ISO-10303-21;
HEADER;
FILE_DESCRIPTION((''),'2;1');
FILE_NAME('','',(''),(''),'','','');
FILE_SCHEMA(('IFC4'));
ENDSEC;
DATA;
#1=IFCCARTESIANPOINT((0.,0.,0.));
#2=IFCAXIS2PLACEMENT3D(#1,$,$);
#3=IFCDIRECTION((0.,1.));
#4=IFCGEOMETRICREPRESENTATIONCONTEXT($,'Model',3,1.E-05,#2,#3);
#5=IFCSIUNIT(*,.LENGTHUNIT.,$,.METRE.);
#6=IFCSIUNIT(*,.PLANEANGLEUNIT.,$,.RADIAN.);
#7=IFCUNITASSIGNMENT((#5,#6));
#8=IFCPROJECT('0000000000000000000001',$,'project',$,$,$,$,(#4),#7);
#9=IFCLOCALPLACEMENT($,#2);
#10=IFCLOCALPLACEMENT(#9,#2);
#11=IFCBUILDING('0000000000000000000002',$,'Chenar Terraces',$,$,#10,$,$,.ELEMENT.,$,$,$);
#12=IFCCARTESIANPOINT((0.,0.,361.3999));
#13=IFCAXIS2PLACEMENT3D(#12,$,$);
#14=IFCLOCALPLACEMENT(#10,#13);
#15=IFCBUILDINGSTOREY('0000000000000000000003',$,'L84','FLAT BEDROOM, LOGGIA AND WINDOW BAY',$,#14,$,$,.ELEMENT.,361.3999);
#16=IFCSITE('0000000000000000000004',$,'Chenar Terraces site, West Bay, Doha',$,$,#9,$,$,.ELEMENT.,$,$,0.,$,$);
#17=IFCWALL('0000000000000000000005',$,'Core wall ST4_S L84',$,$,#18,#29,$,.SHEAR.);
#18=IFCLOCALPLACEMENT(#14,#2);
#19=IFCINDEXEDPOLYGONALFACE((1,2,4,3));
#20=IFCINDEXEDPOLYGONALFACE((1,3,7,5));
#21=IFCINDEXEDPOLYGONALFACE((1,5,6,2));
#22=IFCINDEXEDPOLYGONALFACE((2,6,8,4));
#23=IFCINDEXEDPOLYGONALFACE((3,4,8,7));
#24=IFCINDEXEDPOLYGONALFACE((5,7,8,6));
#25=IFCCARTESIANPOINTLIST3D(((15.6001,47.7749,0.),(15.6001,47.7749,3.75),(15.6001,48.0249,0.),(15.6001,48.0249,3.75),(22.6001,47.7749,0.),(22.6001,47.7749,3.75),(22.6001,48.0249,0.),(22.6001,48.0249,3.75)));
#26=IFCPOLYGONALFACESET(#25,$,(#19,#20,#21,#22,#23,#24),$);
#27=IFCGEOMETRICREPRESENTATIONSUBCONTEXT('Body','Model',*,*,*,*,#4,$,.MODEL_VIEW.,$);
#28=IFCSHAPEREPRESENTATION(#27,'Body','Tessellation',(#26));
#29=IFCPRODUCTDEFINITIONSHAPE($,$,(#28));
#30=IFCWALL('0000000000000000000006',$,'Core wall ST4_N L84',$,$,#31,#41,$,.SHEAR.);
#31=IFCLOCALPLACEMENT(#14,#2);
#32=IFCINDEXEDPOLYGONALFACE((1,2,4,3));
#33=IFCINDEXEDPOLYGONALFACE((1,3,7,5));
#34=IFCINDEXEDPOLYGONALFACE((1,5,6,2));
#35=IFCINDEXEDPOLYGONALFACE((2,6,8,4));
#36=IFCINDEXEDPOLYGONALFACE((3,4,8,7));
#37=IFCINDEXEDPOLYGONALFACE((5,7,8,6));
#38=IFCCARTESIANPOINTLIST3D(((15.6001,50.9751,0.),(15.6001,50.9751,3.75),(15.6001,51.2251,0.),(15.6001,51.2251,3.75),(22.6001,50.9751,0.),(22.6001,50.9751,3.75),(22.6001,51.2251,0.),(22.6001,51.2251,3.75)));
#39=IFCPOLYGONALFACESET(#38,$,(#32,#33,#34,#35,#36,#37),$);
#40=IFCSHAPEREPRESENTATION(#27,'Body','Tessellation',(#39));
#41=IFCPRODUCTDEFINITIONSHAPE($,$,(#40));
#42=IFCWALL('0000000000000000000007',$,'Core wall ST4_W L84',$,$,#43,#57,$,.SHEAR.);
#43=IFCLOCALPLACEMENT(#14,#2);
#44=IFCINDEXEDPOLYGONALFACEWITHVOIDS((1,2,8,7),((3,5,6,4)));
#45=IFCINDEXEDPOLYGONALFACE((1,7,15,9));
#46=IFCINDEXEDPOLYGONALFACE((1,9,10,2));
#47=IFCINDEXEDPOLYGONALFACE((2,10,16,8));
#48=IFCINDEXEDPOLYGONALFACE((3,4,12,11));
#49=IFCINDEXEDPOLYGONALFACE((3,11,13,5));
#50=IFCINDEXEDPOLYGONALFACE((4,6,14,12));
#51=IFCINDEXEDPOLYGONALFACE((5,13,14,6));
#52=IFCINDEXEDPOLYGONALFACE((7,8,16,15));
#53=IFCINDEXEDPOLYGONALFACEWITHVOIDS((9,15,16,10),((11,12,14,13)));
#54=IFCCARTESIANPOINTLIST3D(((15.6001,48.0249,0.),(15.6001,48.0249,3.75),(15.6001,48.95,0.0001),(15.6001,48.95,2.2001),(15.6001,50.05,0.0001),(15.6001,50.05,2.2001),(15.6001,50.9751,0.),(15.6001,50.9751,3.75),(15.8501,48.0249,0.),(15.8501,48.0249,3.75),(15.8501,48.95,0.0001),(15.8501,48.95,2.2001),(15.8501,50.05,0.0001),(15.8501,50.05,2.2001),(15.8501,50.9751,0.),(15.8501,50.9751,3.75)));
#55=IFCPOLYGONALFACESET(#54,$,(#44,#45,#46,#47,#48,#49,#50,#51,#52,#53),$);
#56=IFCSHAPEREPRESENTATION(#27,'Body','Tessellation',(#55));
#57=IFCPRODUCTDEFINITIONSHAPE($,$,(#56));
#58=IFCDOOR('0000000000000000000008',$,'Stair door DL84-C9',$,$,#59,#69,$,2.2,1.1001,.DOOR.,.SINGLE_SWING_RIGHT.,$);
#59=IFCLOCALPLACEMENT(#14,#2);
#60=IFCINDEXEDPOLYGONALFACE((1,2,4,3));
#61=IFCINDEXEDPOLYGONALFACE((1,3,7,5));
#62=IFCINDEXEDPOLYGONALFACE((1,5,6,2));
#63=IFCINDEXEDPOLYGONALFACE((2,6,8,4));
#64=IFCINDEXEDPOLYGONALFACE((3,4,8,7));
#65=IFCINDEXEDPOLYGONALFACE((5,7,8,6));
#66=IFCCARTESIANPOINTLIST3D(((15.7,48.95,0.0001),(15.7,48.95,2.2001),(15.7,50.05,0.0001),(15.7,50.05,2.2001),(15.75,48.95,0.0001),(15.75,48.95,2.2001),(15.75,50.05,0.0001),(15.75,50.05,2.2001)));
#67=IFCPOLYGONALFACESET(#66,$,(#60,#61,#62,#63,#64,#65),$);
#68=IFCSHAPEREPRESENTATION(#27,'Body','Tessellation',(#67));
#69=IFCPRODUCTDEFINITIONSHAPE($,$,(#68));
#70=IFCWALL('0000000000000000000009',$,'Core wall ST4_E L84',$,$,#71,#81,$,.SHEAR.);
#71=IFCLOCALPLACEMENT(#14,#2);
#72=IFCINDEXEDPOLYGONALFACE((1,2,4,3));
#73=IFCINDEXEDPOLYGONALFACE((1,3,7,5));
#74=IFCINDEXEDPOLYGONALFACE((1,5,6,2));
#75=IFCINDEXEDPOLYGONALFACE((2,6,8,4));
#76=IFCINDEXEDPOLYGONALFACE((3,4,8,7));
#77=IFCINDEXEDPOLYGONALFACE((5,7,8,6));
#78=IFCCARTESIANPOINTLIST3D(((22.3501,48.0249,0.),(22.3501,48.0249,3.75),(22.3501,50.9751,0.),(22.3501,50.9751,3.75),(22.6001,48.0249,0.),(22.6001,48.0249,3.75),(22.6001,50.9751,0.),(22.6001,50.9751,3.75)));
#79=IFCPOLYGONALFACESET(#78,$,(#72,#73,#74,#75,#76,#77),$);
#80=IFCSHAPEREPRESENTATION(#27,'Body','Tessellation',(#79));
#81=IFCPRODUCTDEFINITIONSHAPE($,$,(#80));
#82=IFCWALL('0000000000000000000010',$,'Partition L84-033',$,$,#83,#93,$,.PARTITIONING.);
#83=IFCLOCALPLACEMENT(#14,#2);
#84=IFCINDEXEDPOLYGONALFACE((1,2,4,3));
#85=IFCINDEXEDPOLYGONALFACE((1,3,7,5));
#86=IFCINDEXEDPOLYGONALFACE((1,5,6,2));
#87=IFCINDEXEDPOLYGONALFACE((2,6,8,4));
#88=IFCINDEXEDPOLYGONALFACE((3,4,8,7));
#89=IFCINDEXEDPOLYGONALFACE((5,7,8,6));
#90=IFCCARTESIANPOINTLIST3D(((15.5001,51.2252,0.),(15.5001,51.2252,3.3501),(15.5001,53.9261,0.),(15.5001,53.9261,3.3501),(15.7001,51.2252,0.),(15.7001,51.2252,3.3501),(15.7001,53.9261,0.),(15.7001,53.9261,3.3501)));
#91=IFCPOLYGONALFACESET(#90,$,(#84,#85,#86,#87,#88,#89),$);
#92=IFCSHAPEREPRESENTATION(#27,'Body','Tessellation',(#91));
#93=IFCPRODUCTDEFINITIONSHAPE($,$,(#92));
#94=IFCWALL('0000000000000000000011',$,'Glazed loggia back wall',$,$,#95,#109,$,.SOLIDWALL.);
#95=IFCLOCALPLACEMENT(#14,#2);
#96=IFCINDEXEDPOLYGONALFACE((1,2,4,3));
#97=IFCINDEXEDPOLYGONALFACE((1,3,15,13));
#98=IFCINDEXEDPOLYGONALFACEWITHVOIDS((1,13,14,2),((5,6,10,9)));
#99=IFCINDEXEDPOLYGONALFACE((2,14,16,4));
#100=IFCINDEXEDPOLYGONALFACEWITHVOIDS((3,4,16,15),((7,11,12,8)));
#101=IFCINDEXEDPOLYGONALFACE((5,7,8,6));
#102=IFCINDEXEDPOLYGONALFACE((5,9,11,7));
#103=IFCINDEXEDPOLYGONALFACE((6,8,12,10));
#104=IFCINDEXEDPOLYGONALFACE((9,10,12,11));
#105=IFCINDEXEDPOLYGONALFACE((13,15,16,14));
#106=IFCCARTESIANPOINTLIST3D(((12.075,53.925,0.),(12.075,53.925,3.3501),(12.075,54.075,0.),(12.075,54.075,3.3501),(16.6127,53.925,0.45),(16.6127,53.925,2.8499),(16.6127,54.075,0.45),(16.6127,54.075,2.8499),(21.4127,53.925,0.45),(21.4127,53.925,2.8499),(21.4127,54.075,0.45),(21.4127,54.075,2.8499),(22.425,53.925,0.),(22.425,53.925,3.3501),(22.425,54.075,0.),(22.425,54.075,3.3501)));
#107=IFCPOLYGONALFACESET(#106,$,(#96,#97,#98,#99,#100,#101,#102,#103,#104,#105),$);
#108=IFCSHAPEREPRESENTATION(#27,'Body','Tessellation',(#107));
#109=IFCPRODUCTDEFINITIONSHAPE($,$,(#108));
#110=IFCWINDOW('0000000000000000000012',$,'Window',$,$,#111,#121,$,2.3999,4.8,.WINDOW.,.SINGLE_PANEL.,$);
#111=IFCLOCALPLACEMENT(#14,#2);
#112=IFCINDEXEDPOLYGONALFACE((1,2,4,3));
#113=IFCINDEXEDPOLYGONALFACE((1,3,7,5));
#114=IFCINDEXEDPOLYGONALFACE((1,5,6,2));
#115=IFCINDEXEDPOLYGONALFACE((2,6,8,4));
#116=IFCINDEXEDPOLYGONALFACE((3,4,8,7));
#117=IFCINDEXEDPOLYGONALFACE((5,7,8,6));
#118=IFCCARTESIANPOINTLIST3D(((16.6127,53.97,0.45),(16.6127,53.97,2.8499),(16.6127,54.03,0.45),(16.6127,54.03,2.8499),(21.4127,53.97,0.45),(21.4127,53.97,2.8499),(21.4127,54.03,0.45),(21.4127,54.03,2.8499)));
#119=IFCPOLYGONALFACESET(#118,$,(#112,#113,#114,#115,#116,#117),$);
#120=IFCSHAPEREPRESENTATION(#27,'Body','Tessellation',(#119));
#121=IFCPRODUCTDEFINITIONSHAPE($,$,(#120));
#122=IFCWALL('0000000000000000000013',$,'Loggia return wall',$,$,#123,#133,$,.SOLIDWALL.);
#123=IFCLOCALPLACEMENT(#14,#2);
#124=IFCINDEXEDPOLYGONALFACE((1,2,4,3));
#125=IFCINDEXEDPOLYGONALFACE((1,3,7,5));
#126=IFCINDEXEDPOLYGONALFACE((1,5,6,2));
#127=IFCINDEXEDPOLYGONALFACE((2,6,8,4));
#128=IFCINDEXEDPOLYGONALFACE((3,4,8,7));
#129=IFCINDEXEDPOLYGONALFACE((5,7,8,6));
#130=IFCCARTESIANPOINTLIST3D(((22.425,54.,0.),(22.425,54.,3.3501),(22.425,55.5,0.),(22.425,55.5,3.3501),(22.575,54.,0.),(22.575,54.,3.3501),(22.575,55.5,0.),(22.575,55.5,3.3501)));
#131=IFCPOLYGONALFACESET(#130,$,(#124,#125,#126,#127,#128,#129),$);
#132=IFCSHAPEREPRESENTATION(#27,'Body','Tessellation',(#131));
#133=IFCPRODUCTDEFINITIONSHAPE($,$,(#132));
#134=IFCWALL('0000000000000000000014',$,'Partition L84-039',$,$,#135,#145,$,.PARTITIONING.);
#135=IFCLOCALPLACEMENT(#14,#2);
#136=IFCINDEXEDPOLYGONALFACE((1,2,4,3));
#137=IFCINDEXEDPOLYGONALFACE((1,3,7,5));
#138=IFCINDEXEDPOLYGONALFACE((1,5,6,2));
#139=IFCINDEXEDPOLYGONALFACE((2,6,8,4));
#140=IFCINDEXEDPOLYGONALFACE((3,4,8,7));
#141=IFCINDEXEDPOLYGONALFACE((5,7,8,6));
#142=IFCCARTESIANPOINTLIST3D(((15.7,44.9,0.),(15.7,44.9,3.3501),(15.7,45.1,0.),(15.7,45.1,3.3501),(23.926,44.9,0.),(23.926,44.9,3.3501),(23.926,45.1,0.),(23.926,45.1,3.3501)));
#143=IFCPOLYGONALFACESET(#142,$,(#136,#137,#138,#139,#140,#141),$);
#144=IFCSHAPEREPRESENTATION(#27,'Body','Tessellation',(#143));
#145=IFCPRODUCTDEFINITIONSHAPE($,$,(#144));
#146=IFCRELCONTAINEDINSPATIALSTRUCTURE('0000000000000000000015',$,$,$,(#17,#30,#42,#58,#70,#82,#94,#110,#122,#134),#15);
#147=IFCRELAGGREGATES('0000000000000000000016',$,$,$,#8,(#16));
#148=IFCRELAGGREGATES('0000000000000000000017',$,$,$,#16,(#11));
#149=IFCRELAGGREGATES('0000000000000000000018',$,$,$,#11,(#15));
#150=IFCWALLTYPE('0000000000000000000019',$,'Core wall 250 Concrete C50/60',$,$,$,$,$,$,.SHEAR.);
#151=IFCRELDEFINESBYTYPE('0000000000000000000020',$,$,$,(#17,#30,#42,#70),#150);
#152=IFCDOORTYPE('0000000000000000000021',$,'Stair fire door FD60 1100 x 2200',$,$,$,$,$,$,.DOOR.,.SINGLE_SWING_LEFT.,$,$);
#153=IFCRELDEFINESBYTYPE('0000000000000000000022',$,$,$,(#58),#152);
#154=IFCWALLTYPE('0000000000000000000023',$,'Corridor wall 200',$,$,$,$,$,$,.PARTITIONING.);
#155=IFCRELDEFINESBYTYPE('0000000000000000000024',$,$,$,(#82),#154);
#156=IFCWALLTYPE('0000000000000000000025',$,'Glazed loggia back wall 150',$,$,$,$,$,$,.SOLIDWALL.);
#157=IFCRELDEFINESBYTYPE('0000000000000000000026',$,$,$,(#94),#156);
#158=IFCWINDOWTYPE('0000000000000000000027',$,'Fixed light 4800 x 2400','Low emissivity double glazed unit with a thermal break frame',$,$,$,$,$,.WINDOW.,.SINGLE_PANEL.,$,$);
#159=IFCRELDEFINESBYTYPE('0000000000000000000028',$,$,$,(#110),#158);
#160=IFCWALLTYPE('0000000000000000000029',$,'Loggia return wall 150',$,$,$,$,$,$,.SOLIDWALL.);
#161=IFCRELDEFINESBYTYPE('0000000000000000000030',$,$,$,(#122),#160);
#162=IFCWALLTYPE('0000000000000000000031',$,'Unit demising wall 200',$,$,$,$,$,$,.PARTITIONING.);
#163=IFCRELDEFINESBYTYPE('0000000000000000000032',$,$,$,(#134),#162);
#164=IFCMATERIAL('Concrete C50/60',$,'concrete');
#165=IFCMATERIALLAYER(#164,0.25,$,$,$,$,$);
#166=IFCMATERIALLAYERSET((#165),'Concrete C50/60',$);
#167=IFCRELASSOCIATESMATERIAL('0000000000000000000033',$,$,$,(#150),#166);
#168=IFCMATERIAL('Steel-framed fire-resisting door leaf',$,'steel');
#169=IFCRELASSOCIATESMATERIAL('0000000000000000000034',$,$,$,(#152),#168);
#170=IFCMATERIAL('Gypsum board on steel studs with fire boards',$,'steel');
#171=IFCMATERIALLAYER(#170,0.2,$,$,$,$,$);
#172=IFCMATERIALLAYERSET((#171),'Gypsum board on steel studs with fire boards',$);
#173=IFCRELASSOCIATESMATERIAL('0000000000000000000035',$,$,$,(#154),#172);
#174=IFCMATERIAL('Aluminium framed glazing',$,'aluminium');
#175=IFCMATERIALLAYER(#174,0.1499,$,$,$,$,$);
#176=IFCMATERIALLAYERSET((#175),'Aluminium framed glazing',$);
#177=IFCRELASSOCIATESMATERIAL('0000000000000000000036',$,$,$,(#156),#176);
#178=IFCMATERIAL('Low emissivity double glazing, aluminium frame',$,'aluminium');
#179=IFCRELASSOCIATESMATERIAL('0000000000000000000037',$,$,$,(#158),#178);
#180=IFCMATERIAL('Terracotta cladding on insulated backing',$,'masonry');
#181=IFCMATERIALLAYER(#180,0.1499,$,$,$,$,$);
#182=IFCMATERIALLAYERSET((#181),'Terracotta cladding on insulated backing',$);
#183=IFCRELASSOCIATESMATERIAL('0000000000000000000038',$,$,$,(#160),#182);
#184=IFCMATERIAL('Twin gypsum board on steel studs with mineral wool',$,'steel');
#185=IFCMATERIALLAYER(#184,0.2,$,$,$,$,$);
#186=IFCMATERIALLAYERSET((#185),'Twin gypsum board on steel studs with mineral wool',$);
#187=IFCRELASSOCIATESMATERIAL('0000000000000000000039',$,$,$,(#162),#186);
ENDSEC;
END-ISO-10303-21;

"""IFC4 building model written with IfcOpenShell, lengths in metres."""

from ifc_helpers import new_model, si_unit, direction, frame, frame_2d, origin, place, context, subcontext, project, spatial, rectangle, extrude, material, layer, layer_set, type_object, element, fill, save


model = new_model("IFC4")

# Units and contexts
model_context = context("Model", 3, precision=1e-05, world=origin(), true_north=direction((0.0, 1.0)))
body_context = subcontext(model_context, "Body", "Model", "MODEL_VIEW")
ifc_project = project(units=[si_unit("LENGTHUNIT", "METRE"), si_unit("PLANEANGLEUNIT", "RADIAN")], contexts=[model_context])

# Site, building, storey
site_placement = place(None, origin())
site = spatial("IfcSite", under=ifc_project, at=site_placement, Name="Chenar Terraces site, West Bay, Doha", CompositionType="ELEMENT", RefElevation=0.0)
building_placement = place(site_placement, origin())
building = spatial("IfcBuilding", under=site, at=building_placement, Name="Chenar Terraces", CompositionType="ELEMENT")
storey_placement = place(building_placement, frame((0.0, 0.0, 361.3999)))
storey = spatial("IfcBuildingStorey", under=building, at=storey_placement, Name="L84", Description="FLAT BEDROOM, LOGGIA AND WINDOW BAY", CompositionType="ELEMENT", Elevation=361.3999)

# Walls
ifc_material_1 = material(Name="Concrete C50/60", Category="concrete")
ifc_layer_1 = layer(ifc_material_1, 0.25)
ifc_layer_set_1 = layer_set([ifc_layer_1], Name="Concrete C50/60")
wall_type_1 = type_object("IfcWallType", Name="Core wall 250 Concrete C50/60", PredefinedType="SHEAR", material=ifc_layer_set_1)
for number, where, z_axis, x_axis, name in (
    (1, (15.6001, 47.8999, 0.0), (0.0, 0.0, 1.0), (1.0, 0.0, 0.0), "Core wall ST4_S L84"),
    (2, (15.6001, 51.1001, 0.0), (0.0, 0.0, 1.0), (1.0, 0.0, 0.0), "Core wall ST4_N L84"),
):
    element("IfcWall", number, at=place(storey_placement, frame(where, z_axis=z_axis, x_axis=x_axis)), inside=storey, type_object=wall_type_1, Name=name, PredefinedType="SHEAR", context=body_context, shape_type="SweptSolid", body=[
        extrude(rectangle(XDim=7.0, YDim=0.25, at=frame_2d((3.5, 0.0))), origin(), (0.0, 0.0, 1.0), 3.75),
    ])

# Wall, opening, door
wall_1_placement = place(storey_placement, frame((15.7251, 48.0249, 0.0), z_axis=(0.0, 0.0, 1.0), x_axis=(0.0, 1.0, 0.0)))
wall_1 = element("IfcWall", 3, at=wall_1_placement, inside=storey, type_object=wall_type_1, Name="Core wall ST4_W L84", PredefinedType="SHEAR", context=body_context, shape_type="SweptSolid", body=[
    extrude(rectangle(XDim=2.9502, YDim=0.25, at=frame_2d((1.4751, 0.0))), origin(), (0.0, 0.0, 1.0), 3.75),
])
opening_1_placement = place(wall_1_placement, frame((0.925, 0.0, 0.0)))
opening_1 = element("IfcOpeningElement", 4, at=opening_1_placement, cuts=wall_1, PredefinedType="OPENING", context=body_context, shape_type="SweptSolid", body=[
    extrude(rectangle(XDim=1.1001, YDim=2.2, at=frame_2d((0.55, 1.1001))), frame((0.0, 0.135, 0.0), z_axis=(0.0, -1.0, 0.0), x_axis=(1.0, 0.0, 0.0)), (0.0, 0.0, 1.0), 0.27),
])
ifc_material_2 = material(Name="Steel-framed fire-resisting door leaf", Category="steel")
door_type = type_object("IfcDoorType", Name="Stair fire door FD60 1100 x 2200", OperationType="SINGLE_SWING_LEFT", PredefinedType="DOOR", material=ifc_material_2)
door_placement = place(opening_1_placement, frame((1.1001, 0.0, 0.0), z_axis=(0.0, 0.0, 1.0), x_axis=(-1.0, 0.0, 0.0)))
door = element("IfcDoor", 5, at=door_placement, inside=storey, type_object=door_type, Name="Stair door DL84-C9", OperationType="SINGLE_SWING_RIGHT", OverallHeight=2.2, OverallWidth=1.1001, PredefinedType="DOOR", context=body_context, shape_type="SweptSolid", body=[
    extrude(rectangle(XDim=1.1001, YDim=2.2, at=frame_2d((0.55, 1.1001))), frame((0.0, 0.0249, 0.0), z_axis=(0.0, -1.0, 0.0), x_axis=(1.0, 0.0, 0.0)), (0.0, 0.0, 1.0), 0.05),
])
fill(opening_1, door)

# Walls
wall_2_placement = place(storey_placement, frame((22.4751, 48.0249, 0.0), z_axis=(0.0, 0.0, 1.0), x_axis=(0.0, 1.0, 0.0)))
element("IfcWall", 6, at=wall_2_placement, inside=storey, type_object=wall_type_1, Name="Core wall ST4_E L84", PredefinedType="SHEAR", context=body_context, shape_type="SweptSolid", body=[
    extrude(rectangle(XDim=2.9502, YDim=0.25, at=frame_2d((1.4751, 0.0))), origin(), (0.0, 0.0, 1.0), 3.75),
])
ifc_material_3 = material(Name="Gypsum board on steel studs with fire boards", Category="steel")
ifc_layer_2 = layer(ifc_material_3, 0.2)
ifc_layer_set_2 = layer_set([ifc_layer_2], Name="Gypsum board on steel studs with fire boards")
wall_type_2 = type_object("IfcWallType", Name="Corridor wall 200", PredefinedType="PARTITIONING", material=ifc_layer_set_2)
wall_3_placement = place(storey_placement, frame((15.6001, 51.2251, 0.0), z_axis=(0.0, 0.0, 1.0), x_axis=(0.0, 1.0, 0.0)))
element("IfcWall", 7, at=wall_3_placement, inside=storey, type_object=wall_type_2, Name="Partition L84-033", PredefinedType="PARTITIONING", context=body_context, shape_type="SweptSolid", body=[
    extrude(rectangle(XDim=2.7009, YDim=0.2, at=frame_2d((1.3506, 0.0))), origin(), (0.0, 0.0, 1.0), 3.3501),
])

# Wall, opening, window
ifc_material_4 = material(Name="Aluminium framed glazing", Category="aluminium")
ifc_layer_3 = layer(ifc_material_4, 0.1499)
ifc_layer_set_3 = layer_set([ifc_layer_3], Name="Aluminium framed glazing")
wall_type_3 = type_object("IfcWallType", Name="Glazed loggia back wall 150", PredefinedType="SOLIDWALL", material=ifc_layer_set_3)
wall_4_placement = place(storey_placement, frame((22.425, 54.0, 0.0), z_axis=(0.0, 0.0, 1.0), x_axis=(-1.0, 0.0, 0.0)))
wall_4 = element("IfcWall", 8, at=wall_4_placement, inside=storey, type_object=wall_type_3, Name="Glazed loggia back wall", PredefinedType="SOLIDWALL", context=body_context, shape_type="SweptSolid", body=[
    extrude(rectangle(XDim=10.3501, YDim=0.1499, at=frame_2d((5.175, 0.0))), origin(), (0.0, 0.0, 1.0), 3.3501),
])
opening_2_placement = place(wall_4_placement, frame((1.0125, 0.0, 0.45)))
opening_2 = element("IfcOpeningElement", 9, at=opening_2_placement, cuts=wall_4, PredefinedType="OPENING", context=body_context, shape_type="SweptSolid", body=[
    extrude(rectangle(XDim=4.8, YDim=2.3999, at=frame_2d((2.3999, 1.2))), frame((0.0, 0.085, 0.0), z_axis=(0.0, -1.0, 0.0), x_axis=(1.0, 0.0, 0.0)), (0.0, 0.0, 1.0), 0.1699),
])
ifc_material_5 = material(Name="Low emissivity double glazing, aluminium frame", Category="aluminium")
window_type = type_object("IfcWindowType", Name="Fixed light 4800 x 2400", Description="Low emissivity double glazed unit with a thermal break frame", PartitioningType="SINGLE_PANEL", PredefinedType="WINDOW", material=ifc_material_5)
window_placement = place(opening_2_placement, origin())
window = element("IfcWindow", 10, at=window_placement, inside=storey, type_object=window_type, Name="Window", OverallHeight=2.3999, OverallWidth=4.8, PartitioningType="SINGLE_PANEL", PredefinedType="WINDOW", context=body_context, shape_type="SweptSolid", body=[
    extrude(rectangle(XDim=4.8, YDim=2.3999, at=frame_2d((2.3999, 1.2))), frame((0.0, 0.03, 0.0), z_axis=(0.0, -1.0, 0.0), x_axis=(1.0, 0.0, 0.0)), (0.0, 0.0, 1.0), 0.0601),
])
fill(opening_2, window)

# Walls
ifc_material_6 = material(Name="Terracotta cladding on insulated backing", Category="masonry")
ifc_layer_4 = layer(ifc_material_6, 0.1499)
ifc_layer_set_4 = layer_set([ifc_layer_4], Name="Terracotta cladding on insulated backing")
wall_type_4 = type_object("IfcWallType", Name="Loggia return wall 150", PredefinedType="SOLIDWALL", material=ifc_layer_set_4)
wall_5_placement = place(storey_placement, frame((22.5, 55.5, 0.0), z_axis=(0.0, 0.0, 1.0), x_axis=(0.0, -1.0, 0.0)))
element("IfcWall", 11, at=wall_5_placement, inside=storey, type_object=wall_type_4, Name="Loggia return wall", PredefinedType="SOLIDWALL", context=body_context, shape_type="SweptSolid", body=[
    extrude(rectangle(XDim=1.5, YDim=0.1499, at=frame_2d((0.75, 0.0))), origin(), (0.0, 0.0, 1.0), 3.3501),
])
ifc_material_7 = material(Name="Twin gypsum board on steel studs with mineral wool", Category="steel")
ifc_layer_5 = layer(ifc_material_7, 0.2)
ifc_layer_set_5 = layer_set([ifc_layer_5], Name="Twin gypsum board on steel studs with mineral wool")
wall_type_5 = type_object("IfcWallType", Name="Unit demising wall 200", PredefinedType="PARTITIONING", material=ifc_layer_set_5)
wall_6_placement = place(storey_placement, frame((15.7, 45.0, 0.0), z_axis=(0.0, 0.0, 1.0), x_axis=(1.0, 0.0, 0.0)))
element("IfcWall", 12, at=wall_6_placement, inside=storey, type_object=wall_type_5, Name="Partition L84-039", PredefinedType="PARTITIONING", context=body_context, shape_type="SweptSolid", body=[
    extrude(rectangle(XDim=8.2261, YDim=0.2, at=frame_2d((4.113, 0.0))), origin(), (0.0, 0.0, 1.0), 3.3501),
])

save(model, "model.ifc")
